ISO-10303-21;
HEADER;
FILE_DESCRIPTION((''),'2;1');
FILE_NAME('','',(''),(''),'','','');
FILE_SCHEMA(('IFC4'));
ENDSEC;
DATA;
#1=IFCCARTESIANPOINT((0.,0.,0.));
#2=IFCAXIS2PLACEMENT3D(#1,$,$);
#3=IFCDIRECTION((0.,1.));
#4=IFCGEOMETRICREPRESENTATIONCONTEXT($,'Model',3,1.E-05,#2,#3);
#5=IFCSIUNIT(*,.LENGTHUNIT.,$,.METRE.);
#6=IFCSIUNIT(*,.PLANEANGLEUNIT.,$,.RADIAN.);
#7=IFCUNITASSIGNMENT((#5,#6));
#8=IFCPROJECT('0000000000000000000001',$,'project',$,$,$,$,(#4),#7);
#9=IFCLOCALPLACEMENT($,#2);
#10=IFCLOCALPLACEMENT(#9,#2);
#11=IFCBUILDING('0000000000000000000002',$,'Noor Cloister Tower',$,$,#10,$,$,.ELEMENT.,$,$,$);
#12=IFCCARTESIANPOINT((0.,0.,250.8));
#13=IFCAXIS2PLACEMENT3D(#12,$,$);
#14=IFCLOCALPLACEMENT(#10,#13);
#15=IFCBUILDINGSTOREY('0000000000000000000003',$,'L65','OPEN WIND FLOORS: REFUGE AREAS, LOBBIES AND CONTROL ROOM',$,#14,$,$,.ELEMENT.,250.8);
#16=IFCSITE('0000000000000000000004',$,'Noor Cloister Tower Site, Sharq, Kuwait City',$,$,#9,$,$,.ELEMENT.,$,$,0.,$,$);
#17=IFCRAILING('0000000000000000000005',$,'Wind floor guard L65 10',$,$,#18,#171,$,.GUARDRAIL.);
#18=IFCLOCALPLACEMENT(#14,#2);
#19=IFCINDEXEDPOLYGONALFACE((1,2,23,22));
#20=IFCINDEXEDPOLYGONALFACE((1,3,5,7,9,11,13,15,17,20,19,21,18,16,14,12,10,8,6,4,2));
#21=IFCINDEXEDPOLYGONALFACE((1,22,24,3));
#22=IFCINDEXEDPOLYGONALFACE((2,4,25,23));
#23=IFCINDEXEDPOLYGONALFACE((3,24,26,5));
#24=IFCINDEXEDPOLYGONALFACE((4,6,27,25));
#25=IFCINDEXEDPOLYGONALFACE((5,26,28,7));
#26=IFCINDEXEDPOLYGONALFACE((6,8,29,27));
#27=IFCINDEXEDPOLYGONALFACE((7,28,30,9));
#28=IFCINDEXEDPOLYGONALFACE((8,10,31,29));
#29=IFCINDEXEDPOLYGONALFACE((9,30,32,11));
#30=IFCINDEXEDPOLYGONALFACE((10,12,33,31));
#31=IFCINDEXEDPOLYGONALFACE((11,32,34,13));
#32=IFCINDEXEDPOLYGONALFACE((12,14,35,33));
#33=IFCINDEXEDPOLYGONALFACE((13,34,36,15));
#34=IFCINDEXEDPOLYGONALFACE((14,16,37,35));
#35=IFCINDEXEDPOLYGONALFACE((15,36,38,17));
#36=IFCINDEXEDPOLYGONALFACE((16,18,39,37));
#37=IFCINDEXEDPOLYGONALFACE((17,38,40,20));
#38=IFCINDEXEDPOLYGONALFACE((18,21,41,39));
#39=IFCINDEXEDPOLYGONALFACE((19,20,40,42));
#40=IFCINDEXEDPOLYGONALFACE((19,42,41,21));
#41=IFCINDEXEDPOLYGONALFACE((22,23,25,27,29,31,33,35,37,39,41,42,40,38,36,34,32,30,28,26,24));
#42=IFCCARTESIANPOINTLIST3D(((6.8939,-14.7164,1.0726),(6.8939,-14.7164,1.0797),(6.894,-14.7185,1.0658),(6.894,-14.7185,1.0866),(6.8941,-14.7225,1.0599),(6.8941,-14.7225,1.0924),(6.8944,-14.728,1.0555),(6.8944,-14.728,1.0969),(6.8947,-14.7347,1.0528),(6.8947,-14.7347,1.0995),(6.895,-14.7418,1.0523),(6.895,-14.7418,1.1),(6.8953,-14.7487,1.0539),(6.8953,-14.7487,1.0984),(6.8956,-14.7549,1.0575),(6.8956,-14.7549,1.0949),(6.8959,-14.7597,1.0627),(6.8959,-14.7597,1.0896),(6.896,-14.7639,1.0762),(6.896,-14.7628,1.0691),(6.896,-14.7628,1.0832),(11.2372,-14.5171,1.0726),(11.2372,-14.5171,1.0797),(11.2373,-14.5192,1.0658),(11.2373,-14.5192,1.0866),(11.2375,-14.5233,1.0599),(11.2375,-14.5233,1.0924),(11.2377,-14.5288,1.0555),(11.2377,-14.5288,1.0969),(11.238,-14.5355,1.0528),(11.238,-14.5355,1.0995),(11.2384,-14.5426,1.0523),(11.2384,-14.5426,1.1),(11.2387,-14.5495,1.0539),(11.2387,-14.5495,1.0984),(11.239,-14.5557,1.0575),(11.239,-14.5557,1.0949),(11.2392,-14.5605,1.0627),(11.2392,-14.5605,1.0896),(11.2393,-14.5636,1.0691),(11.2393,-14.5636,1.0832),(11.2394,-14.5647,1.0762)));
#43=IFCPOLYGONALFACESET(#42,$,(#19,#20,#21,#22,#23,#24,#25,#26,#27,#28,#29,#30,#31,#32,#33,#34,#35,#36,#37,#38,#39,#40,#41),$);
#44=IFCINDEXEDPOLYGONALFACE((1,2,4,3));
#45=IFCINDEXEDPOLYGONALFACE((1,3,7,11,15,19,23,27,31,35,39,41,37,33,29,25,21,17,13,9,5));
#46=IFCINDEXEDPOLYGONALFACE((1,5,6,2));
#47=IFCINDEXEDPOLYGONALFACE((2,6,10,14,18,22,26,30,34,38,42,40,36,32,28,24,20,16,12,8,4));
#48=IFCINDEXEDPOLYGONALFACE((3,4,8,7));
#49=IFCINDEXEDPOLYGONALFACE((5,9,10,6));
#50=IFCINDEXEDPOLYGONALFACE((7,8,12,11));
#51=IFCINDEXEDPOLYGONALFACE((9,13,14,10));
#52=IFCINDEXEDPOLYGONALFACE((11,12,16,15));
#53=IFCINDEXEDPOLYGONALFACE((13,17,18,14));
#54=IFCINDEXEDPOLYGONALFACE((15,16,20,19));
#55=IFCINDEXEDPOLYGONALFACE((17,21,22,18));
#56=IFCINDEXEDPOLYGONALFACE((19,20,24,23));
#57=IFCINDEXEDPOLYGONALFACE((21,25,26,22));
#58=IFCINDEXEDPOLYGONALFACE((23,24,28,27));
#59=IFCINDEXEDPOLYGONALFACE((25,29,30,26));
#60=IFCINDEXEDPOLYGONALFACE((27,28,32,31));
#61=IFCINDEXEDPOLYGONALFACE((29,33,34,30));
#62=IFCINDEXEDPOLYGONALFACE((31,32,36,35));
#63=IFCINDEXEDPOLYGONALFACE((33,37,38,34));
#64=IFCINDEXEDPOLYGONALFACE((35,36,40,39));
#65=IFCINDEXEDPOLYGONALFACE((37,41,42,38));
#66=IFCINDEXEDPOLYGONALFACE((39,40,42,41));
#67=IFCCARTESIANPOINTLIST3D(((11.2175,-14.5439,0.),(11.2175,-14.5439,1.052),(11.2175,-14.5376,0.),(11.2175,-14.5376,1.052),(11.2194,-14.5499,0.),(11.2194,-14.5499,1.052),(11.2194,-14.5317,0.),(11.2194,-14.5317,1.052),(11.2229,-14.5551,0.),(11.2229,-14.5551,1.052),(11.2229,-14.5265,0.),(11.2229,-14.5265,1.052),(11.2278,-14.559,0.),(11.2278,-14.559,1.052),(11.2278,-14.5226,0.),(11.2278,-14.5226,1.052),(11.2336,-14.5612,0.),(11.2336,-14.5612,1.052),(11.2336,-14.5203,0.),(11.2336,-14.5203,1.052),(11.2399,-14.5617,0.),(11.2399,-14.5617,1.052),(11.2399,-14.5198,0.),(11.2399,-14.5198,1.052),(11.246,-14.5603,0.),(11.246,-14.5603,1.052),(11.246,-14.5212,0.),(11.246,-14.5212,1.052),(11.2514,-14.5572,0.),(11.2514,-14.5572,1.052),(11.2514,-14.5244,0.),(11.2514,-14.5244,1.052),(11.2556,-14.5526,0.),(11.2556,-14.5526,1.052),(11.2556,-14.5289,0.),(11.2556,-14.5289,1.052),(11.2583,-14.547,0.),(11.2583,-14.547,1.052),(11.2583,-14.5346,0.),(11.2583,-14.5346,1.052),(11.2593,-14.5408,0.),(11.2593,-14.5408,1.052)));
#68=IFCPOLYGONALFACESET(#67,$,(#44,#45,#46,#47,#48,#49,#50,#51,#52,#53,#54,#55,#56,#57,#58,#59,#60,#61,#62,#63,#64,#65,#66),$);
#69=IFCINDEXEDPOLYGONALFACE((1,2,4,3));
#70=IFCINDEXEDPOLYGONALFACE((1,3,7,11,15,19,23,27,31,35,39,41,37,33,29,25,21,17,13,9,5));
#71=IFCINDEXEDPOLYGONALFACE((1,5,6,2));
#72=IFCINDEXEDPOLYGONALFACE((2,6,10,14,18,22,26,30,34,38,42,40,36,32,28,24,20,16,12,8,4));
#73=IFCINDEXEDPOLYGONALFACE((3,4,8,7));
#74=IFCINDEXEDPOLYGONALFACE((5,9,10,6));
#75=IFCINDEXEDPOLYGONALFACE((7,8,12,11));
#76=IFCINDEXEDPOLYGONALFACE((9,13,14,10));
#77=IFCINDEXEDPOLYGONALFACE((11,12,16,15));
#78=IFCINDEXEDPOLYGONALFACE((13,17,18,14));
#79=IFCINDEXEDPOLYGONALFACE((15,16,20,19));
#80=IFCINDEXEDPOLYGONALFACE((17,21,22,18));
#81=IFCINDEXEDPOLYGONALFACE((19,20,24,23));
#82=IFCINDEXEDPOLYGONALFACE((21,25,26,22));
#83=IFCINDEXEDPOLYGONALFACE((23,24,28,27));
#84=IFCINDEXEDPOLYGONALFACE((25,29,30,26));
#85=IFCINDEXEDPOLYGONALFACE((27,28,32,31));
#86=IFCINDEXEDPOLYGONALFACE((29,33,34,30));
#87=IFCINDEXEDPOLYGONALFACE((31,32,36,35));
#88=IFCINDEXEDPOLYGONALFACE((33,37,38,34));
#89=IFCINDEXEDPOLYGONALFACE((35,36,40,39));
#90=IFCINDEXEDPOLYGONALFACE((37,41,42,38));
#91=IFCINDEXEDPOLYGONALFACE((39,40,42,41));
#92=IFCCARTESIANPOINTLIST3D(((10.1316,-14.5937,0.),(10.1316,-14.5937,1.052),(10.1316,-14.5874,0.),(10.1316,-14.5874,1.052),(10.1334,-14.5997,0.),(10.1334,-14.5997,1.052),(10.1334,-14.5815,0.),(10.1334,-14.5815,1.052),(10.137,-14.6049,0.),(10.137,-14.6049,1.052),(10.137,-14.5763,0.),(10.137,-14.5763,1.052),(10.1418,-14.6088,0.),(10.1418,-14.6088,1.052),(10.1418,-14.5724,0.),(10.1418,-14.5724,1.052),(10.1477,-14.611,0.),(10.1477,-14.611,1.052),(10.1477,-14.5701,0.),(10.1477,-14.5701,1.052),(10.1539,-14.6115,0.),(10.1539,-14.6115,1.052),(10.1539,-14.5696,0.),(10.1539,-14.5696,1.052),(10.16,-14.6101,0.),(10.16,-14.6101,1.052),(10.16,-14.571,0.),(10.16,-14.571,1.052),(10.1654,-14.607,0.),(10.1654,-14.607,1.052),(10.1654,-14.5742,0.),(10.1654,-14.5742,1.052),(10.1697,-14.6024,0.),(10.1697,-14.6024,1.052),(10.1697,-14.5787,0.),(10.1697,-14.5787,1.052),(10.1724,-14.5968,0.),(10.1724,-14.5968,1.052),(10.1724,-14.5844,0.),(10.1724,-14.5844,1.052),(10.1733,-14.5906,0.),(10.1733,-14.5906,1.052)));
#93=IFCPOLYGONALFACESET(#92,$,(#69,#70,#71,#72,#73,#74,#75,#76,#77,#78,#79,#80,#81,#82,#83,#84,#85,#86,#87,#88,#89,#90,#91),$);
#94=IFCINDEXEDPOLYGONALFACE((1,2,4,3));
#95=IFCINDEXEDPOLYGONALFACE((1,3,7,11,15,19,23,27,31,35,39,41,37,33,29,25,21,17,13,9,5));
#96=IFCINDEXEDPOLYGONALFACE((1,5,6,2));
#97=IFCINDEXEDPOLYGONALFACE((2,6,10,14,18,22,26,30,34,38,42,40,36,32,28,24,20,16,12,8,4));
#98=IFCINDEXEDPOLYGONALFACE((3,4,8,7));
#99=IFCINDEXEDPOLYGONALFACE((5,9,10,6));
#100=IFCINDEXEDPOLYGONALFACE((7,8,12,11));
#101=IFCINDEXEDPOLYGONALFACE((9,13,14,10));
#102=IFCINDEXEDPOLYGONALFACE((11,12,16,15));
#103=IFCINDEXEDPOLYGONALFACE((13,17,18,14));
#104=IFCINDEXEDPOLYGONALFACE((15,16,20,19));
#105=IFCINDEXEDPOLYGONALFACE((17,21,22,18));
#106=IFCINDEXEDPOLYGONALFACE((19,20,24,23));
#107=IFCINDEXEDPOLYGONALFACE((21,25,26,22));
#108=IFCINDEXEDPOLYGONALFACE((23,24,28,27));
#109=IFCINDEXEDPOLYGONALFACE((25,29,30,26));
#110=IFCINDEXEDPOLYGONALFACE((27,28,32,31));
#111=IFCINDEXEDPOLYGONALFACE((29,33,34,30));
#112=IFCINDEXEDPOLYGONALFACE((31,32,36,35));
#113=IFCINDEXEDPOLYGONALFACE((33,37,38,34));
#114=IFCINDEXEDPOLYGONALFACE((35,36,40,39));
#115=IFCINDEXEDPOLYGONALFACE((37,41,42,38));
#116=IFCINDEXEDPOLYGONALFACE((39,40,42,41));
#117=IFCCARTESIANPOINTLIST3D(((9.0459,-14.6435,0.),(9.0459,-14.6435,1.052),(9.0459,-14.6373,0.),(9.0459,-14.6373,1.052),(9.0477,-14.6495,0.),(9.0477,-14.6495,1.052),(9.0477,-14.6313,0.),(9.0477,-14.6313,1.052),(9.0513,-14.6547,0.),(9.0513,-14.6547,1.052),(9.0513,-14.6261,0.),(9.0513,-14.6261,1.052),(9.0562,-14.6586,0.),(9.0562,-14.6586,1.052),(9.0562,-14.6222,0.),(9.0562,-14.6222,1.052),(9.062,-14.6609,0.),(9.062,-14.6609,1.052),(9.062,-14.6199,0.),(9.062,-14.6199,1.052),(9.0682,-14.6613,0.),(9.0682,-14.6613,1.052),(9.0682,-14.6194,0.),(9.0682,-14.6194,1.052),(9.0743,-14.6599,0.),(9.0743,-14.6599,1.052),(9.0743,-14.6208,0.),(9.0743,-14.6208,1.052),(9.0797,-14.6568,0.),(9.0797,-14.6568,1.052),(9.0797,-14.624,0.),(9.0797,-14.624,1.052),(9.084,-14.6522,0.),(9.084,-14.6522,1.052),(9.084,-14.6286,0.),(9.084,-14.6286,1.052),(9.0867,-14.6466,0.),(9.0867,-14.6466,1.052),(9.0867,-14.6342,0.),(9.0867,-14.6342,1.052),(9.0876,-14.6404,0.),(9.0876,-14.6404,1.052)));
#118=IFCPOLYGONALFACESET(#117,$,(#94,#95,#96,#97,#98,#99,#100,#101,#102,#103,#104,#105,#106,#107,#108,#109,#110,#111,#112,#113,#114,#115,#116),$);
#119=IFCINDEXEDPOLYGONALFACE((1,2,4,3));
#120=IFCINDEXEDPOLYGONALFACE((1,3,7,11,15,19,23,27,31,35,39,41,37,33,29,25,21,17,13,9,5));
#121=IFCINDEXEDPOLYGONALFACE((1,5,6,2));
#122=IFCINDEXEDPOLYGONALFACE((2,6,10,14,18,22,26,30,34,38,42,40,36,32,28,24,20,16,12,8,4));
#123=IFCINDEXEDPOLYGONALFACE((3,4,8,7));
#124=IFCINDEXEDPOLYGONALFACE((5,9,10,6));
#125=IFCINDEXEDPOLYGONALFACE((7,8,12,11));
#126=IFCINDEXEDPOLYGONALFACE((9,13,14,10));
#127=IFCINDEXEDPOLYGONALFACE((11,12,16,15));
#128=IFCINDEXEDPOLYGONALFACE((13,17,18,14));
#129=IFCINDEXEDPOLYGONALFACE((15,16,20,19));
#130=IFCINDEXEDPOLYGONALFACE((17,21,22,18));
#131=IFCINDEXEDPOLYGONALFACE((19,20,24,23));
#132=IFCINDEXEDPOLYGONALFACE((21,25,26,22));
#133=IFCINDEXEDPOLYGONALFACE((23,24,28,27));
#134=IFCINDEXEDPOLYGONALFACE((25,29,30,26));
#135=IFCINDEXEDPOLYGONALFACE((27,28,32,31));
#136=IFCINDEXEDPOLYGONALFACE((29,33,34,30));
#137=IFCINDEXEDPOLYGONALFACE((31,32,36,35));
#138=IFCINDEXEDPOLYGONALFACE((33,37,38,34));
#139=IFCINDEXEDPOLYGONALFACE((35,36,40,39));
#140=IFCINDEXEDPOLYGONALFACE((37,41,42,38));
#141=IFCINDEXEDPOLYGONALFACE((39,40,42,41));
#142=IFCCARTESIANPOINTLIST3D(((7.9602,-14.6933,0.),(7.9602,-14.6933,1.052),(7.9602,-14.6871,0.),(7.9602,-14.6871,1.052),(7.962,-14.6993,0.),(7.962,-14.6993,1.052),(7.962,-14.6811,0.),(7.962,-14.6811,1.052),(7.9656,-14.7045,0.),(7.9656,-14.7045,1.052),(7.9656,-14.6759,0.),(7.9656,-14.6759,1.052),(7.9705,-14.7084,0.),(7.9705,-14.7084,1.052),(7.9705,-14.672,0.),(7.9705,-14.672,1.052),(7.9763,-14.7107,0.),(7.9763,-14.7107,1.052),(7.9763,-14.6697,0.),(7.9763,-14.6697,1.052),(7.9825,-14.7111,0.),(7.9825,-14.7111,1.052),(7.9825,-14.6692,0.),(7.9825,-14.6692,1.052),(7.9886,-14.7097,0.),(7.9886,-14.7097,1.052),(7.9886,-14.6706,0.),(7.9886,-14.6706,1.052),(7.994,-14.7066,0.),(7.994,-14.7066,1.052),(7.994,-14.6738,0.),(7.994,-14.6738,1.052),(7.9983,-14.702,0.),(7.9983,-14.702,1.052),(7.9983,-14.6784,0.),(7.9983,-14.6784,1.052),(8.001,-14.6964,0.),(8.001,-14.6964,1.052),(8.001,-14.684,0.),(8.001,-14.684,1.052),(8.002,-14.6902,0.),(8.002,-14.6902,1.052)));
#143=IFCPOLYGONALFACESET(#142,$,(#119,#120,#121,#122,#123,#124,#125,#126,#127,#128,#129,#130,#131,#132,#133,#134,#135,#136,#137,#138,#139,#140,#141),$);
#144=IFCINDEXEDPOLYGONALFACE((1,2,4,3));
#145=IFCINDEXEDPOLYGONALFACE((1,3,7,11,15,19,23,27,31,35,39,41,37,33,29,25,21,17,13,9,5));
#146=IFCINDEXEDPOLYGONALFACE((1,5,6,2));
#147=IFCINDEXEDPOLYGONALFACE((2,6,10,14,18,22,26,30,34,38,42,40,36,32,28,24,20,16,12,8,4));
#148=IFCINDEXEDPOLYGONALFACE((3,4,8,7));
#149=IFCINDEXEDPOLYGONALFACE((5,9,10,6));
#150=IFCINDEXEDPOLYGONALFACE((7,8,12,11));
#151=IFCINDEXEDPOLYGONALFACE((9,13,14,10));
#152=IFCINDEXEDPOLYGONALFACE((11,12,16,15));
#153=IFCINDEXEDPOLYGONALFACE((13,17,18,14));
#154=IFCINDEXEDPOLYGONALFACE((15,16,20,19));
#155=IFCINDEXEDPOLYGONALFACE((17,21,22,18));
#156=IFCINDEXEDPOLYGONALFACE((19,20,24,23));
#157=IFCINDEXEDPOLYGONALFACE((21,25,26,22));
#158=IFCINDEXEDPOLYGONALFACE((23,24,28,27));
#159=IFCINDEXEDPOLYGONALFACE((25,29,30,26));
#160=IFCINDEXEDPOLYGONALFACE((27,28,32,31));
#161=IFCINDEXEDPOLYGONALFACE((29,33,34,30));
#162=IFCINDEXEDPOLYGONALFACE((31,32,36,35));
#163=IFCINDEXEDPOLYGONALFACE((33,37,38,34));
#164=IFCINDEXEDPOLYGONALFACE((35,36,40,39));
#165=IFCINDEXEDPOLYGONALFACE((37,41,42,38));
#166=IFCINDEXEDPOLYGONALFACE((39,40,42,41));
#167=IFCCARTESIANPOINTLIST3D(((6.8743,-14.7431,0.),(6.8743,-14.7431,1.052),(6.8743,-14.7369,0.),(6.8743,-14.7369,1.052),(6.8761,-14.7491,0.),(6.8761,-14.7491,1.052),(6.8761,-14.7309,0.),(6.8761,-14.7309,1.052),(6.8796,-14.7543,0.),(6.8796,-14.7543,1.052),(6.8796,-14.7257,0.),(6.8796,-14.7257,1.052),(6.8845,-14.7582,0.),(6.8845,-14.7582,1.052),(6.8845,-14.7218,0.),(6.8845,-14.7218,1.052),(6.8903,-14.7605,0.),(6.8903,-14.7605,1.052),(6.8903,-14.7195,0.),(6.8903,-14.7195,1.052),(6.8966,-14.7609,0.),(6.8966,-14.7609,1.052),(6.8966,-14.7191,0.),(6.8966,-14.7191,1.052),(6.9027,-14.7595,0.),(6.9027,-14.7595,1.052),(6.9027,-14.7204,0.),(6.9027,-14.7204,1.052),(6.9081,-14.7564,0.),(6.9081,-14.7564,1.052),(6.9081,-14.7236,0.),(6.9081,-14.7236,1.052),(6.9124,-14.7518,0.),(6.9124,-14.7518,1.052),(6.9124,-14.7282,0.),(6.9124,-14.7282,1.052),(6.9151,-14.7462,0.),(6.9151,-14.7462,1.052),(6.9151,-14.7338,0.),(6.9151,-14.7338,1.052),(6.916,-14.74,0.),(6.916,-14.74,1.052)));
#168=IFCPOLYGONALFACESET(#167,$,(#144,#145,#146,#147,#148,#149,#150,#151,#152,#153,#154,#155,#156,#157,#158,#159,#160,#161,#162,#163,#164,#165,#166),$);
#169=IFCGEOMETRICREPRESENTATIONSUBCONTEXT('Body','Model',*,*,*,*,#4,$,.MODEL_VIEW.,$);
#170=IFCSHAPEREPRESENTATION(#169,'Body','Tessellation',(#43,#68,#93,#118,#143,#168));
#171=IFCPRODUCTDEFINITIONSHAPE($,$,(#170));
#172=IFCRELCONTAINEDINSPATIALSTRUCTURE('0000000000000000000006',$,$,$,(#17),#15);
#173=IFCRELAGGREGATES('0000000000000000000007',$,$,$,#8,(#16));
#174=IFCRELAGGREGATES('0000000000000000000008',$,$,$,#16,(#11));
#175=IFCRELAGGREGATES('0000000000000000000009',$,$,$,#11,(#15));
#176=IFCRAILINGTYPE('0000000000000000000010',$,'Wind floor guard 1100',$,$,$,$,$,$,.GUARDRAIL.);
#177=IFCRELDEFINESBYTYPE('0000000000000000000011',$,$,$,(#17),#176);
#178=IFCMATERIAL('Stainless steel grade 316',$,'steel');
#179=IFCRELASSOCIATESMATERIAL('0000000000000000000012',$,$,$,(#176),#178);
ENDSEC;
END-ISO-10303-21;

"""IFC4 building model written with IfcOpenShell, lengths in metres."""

from ifc_helpers import new_model, si_unit, direction, frame, origin, origin_2d, place, context, subcontext, project, spatial, circle, extrude, material, type_object, element, save


model = new_model("IFC4")

# Units and contexts
model_context = context("Model", 3, precision=1e-05, world=origin(), true_north=direction((0.0, 1.0)))
body_context = subcontext(model_context, "Body", "Model", "MODEL_VIEW")
ifc_project = project(units=[si_unit("LENGTHUNIT", "METRE"), si_unit("PLANEANGLEUNIT", "RADIAN")], contexts=[model_context])

# Site, building, storey
site_placement = place(None, origin())
site = spatial("IfcSite", under=ifc_project, at=site_placement, Name="Noor Cloister Tower Site, Sharq, Kuwait City", CompositionType="ELEMENT", RefElevation=0.0)
building_placement = place(site_placement, origin())
building = spatial("IfcBuilding", under=site, at=building_placement, Name="Noor Cloister Tower", CompositionType="ELEMENT")
storey_placement = place(building_placement, frame((0.0, 0.0, 250.8)))
storey = spatial("IfcBuildingStorey", under=building, at=storey_placement, Name="L65", Description="OPEN WIND FLOORS: REFUGE AREAS, LOBBIES AND CONTROL ROOM", CompositionType="ELEMENT", Elevation=250.8)

# Railing
ifc_material_1 = material(Name="Stainless steel grade 316", Category="steel")
railing_type_1 = type_object("IfcRailingType", Name="Wind floor guard 1100", PredefinedType="GUARDRAIL", material=ifc_material_1)
railing_1_placement = place(storey_placement, frame((11.2383, -14.5408, 0.0)))
element("IfcRailing", 1, at=railing_1_placement, inside=storey, type_object=railing_type_1, Name="Wind floor guard L65 10", PredefinedType="GUARDRAIL", context=body_context, shape_type="SweptSolid", body=[
    extrude(circle(Radius=0.0239, at=origin_2d()), frame((0.0, 0.0, 1.0762), z_axis=(-0.99895, -0.04582, 0.0), x_axis=(0.04582, -0.99895, 0.0)), (0.0, 0.0, 1.0), 4.3479),
    extrude(circle(Radius=0.021, at=origin_2d()), origin(), (0.0, 0.0, 1.0), 1.052),
    extrude(circle(Radius=0.021, at=origin_2d()), frame((-1.0859, -0.0498, 0.0)), (0.0, 0.0, 1.0), 1.052),
    extrude(circle(Radius=0.021, at=origin_2d()), frame((-2.1716, -0.0996, 0.0)), (0.0, 0.0, 1.0), 1.052),
    extrude(circle(Radius=0.021, at=origin_2d()), frame((-3.2573, -0.1494, 0.0)), (0.0, 0.0, 1.0), 1.052),
    extrude(circle(Radius=0.021, at=origin_2d()), frame((-4.3433, -0.1992, 0.0)), (0.0, 0.0, 1.0), 1.052),
])

save(model, "model.ifc")
